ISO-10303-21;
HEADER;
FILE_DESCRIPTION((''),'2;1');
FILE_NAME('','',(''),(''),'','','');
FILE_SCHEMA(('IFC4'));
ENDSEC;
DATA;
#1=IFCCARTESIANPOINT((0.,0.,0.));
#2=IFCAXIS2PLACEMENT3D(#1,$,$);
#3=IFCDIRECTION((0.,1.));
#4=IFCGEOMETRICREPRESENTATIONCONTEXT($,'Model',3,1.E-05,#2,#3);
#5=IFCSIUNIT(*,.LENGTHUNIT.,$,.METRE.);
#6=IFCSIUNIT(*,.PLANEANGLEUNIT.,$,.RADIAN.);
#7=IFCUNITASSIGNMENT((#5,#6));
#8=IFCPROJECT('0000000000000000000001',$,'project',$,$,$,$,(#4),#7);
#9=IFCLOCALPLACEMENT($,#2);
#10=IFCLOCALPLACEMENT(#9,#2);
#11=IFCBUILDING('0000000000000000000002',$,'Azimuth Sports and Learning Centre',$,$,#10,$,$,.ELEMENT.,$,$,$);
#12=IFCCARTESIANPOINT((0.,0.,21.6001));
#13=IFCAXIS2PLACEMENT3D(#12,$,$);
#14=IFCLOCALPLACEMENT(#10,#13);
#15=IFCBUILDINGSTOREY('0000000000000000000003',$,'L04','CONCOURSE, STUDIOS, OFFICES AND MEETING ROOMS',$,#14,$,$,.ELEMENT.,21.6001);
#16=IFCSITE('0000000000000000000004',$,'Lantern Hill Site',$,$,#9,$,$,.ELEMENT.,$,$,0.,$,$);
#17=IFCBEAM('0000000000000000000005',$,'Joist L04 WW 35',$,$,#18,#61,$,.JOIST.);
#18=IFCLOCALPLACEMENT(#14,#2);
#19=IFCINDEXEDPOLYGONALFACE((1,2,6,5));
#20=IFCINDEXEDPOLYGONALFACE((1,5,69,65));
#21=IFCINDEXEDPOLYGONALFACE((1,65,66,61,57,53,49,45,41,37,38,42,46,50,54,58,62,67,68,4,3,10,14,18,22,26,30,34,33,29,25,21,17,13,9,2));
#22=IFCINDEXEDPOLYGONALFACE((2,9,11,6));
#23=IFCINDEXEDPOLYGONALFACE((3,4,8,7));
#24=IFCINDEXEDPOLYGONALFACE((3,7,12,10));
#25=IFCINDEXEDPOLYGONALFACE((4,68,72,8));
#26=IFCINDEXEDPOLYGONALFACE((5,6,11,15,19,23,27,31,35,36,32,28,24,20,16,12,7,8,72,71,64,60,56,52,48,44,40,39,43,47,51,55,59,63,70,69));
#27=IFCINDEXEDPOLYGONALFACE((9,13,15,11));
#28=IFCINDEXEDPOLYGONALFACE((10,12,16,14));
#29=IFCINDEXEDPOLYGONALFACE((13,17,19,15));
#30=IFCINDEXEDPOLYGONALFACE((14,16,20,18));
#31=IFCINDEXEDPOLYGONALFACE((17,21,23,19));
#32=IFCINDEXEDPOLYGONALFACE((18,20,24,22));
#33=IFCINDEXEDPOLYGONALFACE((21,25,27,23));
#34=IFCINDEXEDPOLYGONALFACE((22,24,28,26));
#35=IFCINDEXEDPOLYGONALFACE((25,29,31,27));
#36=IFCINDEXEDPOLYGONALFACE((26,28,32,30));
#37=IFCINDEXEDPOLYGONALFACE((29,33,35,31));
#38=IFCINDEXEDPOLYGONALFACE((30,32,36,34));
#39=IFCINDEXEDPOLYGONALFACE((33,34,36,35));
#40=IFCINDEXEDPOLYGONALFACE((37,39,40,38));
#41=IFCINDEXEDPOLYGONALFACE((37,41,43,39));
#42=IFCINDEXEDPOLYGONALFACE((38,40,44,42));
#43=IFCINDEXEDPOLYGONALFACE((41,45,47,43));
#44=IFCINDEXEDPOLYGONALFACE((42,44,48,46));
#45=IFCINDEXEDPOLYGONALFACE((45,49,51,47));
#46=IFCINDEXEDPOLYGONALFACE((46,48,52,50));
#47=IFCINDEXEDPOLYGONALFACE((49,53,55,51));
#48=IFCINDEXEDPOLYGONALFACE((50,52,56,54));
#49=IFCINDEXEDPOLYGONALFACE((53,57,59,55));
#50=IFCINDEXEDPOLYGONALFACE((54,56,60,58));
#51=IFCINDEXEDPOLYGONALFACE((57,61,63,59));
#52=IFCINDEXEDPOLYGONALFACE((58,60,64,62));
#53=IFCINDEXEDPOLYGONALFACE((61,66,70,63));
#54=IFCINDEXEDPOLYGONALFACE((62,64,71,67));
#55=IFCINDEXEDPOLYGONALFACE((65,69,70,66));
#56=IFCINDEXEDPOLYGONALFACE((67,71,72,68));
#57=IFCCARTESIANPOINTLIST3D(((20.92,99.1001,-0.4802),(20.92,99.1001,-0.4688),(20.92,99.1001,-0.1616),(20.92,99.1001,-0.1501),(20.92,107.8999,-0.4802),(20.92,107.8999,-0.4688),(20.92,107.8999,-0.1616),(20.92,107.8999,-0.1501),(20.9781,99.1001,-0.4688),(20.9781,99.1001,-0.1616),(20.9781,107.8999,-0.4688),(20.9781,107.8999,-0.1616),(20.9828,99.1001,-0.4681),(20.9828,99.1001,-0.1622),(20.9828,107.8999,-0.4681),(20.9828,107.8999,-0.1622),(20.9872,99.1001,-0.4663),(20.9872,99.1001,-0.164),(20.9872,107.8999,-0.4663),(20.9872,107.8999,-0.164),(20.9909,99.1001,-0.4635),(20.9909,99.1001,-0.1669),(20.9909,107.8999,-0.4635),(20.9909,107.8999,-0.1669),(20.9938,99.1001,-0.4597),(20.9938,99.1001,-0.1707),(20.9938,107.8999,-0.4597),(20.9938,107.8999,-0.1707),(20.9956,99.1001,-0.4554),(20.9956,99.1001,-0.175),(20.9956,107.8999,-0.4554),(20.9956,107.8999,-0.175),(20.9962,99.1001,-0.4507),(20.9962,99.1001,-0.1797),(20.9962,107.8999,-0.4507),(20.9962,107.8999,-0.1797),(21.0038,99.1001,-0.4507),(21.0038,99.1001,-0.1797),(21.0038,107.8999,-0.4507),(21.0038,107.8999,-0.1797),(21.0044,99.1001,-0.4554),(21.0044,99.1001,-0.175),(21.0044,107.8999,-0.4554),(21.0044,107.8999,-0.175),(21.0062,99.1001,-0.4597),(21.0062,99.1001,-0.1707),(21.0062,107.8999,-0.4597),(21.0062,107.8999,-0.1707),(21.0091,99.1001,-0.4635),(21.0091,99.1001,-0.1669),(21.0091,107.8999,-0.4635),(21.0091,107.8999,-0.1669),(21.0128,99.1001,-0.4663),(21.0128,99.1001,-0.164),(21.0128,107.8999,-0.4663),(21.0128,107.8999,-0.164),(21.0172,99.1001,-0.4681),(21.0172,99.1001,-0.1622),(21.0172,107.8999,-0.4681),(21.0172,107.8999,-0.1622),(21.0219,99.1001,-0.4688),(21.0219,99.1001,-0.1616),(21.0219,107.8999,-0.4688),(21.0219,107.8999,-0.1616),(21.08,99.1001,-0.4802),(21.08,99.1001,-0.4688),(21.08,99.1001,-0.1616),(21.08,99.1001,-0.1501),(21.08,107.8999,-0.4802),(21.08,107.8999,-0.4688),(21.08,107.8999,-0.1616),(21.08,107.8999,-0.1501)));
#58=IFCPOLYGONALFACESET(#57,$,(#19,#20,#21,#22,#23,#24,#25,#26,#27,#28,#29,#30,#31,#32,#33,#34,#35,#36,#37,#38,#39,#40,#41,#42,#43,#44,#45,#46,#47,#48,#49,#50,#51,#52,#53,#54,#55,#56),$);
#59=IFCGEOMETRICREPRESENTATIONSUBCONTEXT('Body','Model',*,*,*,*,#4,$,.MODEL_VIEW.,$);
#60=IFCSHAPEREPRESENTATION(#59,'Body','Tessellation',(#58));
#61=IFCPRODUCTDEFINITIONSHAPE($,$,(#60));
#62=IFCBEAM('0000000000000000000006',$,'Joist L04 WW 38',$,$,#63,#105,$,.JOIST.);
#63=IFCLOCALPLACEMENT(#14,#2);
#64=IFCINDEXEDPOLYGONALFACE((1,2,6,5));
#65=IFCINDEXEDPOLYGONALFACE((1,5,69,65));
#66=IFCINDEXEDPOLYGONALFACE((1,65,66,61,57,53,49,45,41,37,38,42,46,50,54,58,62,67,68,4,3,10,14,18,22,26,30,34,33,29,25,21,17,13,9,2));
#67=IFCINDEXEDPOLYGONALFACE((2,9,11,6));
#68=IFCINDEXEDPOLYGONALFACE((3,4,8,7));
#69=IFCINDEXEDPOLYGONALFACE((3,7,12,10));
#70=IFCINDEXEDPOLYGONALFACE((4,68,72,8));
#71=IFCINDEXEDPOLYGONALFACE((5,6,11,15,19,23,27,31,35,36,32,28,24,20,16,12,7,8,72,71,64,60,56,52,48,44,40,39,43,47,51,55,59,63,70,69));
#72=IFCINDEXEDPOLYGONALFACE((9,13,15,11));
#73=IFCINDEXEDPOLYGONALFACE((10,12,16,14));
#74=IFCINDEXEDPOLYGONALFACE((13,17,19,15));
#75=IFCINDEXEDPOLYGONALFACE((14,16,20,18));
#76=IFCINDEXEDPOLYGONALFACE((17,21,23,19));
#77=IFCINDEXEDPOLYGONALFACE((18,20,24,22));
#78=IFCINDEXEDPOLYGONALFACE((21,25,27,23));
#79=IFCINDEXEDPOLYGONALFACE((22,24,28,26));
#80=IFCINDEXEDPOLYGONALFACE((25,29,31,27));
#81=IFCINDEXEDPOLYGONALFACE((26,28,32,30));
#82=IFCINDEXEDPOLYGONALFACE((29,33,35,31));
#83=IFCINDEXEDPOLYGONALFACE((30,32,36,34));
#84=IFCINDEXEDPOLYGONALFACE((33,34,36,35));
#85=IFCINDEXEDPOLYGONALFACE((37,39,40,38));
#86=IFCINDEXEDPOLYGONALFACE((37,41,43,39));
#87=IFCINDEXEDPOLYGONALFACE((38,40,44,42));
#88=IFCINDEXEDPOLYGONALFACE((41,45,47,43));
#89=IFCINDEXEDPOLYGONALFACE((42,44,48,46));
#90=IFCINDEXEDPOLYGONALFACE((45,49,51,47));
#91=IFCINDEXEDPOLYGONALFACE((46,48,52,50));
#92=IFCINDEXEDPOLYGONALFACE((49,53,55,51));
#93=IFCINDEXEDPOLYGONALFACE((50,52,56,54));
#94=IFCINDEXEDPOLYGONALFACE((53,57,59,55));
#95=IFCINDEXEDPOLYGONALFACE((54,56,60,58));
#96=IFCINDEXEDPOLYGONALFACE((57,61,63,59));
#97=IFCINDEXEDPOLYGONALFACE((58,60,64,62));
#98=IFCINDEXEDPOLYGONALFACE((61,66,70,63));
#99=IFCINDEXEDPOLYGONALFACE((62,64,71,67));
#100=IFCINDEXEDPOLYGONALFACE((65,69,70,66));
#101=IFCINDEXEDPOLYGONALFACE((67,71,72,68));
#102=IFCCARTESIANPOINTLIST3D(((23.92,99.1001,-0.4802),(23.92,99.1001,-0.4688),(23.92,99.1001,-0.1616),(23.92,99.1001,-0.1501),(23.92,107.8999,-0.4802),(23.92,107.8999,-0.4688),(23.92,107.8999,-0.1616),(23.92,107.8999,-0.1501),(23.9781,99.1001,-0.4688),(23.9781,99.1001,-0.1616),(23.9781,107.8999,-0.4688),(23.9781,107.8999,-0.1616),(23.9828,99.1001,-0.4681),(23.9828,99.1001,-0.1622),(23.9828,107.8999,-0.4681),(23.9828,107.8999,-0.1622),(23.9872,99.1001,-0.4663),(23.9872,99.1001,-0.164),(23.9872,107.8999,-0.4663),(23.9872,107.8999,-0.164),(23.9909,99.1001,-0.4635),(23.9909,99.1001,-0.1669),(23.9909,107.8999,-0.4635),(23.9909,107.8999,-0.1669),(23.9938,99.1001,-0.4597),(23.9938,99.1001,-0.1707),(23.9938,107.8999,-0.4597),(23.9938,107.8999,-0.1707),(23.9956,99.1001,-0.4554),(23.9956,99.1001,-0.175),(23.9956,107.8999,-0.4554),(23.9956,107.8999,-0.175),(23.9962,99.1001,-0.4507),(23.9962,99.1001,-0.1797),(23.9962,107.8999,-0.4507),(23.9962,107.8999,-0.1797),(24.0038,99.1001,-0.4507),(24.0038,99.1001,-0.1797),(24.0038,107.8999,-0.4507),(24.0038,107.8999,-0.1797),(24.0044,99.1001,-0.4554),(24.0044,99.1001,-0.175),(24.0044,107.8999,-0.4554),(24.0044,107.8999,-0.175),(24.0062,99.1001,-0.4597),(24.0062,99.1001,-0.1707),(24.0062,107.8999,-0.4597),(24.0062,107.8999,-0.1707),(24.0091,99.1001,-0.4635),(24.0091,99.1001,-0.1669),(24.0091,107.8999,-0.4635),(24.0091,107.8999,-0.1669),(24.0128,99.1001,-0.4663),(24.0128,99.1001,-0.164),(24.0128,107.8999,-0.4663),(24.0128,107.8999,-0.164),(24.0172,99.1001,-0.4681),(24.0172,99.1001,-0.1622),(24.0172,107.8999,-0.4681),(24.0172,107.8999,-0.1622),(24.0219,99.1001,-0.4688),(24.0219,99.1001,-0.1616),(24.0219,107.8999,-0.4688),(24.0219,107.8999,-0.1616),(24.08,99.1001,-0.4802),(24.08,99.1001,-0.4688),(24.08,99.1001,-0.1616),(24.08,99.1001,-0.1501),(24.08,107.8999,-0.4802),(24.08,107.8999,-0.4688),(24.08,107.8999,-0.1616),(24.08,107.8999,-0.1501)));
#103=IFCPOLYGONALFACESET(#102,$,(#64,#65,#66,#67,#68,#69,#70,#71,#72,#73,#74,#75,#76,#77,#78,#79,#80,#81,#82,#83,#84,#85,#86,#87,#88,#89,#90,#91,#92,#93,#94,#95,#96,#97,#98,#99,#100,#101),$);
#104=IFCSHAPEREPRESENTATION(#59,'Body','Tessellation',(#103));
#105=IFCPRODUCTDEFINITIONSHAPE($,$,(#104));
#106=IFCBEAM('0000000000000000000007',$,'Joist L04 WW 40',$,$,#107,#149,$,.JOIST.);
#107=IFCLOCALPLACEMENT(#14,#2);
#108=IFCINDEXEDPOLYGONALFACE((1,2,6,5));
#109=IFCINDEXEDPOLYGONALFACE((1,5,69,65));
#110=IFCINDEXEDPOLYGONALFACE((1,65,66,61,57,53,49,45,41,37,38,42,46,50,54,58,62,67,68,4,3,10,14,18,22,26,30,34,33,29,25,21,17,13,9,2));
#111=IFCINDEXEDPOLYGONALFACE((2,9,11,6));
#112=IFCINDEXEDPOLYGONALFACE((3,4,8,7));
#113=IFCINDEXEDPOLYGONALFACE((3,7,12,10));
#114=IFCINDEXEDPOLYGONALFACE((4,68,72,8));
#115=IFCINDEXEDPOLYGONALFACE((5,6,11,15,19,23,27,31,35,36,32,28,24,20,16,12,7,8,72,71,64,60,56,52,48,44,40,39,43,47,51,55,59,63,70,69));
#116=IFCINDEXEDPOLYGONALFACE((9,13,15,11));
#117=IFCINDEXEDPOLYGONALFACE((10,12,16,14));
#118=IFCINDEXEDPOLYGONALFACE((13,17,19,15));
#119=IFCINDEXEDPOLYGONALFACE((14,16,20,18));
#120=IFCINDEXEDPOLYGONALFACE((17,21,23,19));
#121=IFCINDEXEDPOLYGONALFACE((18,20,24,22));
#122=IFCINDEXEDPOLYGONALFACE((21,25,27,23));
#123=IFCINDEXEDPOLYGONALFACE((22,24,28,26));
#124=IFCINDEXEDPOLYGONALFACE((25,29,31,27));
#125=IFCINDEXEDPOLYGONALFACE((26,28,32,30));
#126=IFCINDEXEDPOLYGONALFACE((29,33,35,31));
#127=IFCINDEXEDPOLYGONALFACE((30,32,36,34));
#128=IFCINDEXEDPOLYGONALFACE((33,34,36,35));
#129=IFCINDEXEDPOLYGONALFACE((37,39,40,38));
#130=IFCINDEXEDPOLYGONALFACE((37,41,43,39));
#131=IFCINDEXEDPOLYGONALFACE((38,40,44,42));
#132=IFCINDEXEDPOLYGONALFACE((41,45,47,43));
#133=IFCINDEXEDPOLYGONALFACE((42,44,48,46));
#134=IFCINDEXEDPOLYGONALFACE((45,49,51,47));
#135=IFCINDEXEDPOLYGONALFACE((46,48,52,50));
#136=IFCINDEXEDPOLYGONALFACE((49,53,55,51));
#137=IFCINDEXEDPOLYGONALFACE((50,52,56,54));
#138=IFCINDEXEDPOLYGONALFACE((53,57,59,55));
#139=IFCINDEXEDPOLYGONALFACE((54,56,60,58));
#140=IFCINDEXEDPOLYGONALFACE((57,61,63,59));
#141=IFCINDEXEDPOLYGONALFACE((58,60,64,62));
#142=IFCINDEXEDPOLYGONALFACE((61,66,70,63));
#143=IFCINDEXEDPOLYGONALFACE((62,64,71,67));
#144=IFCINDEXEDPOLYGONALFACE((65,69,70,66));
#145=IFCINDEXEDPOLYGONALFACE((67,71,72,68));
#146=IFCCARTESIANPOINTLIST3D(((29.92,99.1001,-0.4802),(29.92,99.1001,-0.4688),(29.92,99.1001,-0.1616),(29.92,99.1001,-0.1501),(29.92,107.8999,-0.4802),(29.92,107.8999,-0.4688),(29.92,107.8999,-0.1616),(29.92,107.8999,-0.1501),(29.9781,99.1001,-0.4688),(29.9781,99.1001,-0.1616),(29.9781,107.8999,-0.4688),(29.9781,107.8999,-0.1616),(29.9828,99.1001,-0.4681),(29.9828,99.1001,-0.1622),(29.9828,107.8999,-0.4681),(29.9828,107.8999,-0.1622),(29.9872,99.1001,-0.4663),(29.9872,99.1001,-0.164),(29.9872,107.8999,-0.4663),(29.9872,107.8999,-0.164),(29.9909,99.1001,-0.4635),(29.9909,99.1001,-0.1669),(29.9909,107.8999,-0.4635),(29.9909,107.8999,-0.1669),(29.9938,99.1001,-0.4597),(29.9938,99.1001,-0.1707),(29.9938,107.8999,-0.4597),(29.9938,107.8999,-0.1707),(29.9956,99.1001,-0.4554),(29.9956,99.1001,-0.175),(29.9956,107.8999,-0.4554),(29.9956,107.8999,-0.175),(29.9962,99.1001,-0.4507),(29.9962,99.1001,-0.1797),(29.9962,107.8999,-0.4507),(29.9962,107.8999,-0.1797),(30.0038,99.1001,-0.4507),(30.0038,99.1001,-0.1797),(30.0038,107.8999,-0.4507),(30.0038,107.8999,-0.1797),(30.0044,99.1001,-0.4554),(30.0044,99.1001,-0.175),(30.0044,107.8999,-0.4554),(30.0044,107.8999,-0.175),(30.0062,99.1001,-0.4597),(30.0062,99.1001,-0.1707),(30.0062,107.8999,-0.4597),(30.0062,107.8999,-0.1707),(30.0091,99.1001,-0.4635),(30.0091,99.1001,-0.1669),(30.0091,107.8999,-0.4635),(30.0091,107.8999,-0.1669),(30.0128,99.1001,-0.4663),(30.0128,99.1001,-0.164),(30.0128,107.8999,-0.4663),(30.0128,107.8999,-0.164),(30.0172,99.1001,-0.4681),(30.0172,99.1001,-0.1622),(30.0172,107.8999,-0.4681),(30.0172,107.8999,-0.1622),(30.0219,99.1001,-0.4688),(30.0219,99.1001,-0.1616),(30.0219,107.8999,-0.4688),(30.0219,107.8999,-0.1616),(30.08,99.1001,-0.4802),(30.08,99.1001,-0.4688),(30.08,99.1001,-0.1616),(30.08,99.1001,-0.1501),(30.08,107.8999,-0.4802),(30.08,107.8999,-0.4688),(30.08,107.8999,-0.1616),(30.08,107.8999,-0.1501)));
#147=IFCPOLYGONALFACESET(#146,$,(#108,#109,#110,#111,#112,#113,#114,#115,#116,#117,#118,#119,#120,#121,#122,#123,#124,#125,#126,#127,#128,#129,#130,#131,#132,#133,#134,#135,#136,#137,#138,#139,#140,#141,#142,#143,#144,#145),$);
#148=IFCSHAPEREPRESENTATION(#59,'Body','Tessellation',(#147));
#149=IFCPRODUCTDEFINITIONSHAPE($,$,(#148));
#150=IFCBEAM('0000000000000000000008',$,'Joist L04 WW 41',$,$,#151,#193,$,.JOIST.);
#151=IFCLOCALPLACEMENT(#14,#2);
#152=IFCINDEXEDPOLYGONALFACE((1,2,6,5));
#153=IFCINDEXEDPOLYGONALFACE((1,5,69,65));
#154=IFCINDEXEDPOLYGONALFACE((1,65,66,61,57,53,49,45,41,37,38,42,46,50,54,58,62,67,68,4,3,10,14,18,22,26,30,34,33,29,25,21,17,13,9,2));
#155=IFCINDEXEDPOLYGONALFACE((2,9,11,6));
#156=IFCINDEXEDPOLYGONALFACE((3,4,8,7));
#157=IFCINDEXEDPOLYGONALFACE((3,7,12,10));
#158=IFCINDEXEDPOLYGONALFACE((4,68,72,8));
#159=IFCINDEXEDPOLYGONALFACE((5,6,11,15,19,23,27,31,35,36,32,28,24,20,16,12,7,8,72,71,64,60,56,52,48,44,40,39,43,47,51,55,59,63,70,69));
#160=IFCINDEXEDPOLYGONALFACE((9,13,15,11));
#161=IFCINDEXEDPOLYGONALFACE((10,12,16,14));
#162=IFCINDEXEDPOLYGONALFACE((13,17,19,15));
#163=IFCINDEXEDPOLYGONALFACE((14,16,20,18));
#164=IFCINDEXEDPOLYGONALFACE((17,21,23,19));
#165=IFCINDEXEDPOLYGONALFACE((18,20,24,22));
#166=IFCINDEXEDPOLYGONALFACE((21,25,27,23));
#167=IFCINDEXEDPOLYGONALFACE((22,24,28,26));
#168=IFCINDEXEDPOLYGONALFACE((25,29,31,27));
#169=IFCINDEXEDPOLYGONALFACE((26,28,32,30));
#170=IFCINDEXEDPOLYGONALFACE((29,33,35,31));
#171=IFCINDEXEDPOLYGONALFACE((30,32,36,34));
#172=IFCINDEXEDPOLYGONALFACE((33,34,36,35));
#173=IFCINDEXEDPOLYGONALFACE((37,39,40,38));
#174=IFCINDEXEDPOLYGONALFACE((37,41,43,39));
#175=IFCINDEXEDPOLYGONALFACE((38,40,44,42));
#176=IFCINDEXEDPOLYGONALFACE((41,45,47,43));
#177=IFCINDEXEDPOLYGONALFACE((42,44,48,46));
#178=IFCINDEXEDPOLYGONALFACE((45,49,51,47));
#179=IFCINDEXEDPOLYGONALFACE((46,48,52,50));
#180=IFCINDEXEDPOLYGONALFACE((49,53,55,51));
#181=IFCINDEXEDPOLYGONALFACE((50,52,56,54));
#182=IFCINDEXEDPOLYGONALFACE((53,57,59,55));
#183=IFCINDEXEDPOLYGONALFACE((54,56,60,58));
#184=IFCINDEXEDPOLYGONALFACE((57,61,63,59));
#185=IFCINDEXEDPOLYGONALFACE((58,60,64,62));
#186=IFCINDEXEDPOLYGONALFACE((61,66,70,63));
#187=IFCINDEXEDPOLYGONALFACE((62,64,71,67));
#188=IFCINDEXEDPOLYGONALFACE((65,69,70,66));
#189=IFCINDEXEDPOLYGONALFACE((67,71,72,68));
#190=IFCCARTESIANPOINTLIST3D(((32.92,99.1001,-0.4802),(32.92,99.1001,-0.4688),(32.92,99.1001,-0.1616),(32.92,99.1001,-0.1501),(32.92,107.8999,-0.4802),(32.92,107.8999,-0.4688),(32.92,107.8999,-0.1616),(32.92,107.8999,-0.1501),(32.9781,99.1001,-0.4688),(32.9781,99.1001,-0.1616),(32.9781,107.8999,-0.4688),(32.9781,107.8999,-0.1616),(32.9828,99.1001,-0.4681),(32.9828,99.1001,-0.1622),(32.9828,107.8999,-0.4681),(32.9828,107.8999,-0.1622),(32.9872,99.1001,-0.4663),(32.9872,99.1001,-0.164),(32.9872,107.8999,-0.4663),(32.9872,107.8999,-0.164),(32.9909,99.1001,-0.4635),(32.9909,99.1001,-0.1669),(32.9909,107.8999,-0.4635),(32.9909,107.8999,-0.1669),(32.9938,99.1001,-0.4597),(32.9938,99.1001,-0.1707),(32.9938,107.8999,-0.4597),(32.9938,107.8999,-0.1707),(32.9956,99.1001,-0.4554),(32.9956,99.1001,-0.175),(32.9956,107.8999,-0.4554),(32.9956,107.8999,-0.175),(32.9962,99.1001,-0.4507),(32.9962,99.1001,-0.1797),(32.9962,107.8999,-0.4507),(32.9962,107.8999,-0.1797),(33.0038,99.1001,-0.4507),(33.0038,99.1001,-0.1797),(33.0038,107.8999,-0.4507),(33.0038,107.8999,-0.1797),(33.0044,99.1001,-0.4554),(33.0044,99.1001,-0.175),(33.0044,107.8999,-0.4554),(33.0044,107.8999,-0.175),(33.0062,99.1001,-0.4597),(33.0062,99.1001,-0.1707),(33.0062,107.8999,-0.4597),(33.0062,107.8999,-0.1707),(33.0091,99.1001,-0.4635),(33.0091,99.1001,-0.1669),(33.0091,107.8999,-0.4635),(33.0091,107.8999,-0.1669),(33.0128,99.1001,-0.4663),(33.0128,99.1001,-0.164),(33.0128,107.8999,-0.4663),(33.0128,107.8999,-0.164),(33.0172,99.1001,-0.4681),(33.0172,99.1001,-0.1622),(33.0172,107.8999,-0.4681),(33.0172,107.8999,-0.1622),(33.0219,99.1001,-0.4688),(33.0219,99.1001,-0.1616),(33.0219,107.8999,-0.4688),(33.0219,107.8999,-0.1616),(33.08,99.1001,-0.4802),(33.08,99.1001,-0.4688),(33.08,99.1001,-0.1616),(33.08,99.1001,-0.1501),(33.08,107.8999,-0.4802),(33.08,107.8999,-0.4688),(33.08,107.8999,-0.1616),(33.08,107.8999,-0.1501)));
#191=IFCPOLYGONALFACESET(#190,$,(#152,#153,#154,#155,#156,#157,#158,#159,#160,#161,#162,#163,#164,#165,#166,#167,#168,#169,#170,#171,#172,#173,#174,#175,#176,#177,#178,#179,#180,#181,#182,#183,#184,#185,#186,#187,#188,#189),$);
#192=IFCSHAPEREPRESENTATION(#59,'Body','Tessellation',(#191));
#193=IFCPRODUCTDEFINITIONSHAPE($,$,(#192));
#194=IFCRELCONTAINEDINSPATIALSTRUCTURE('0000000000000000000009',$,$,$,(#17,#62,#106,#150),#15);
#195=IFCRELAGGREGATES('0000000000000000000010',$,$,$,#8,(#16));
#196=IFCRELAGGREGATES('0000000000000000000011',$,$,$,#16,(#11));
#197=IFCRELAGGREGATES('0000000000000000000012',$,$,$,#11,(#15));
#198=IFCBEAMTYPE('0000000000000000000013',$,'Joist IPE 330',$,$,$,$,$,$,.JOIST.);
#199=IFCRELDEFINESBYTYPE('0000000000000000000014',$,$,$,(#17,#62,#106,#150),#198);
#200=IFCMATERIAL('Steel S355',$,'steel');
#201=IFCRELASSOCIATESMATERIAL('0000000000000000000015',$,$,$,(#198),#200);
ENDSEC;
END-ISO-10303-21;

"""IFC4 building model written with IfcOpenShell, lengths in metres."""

from ifc_helpers import new_model, si_unit, direction, frame, origin, origin_2d, place, context, subcontext, project, spatial, i_section, extrude, material, material_profile, profile_set, type_object, element, save


model = new_model("IFC4")

# Units and contexts
model_context = context("Model", 3, precision=1e-05, world=origin(), true_north=direction((0.0, 1.0)))
body_context = subcontext(model_context, "Body", "Model", "MODEL_VIEW")
ifc_project = project(units=[si_unit("LENGTHUNIT", "METRE"), si_unit("PLANEANGLEUNIT", "RADIAN")], contexts=[model_context])

# Site, building, storey
site_placement = place(None, origin())
site = spatial("IfcSite", under=ifc_project, at=site_placement, Name="Lantern Hill Site", CompositionType="ELEMENT", RefElevation=0.0)
building_placement = place(site_placement, origin())
building = spatial("IfcBuilding", under=site, at=building_placement, Name="Azimuth Sports and Learning Centre", CompositionType="ELEMENT")
storey_placement = place(building_placement, frame((0.0, 0.0, 21.6001)))
storey = spatial("IfcBuildingStorey", under=building, at=storey_placement, Name="L04", Description="CONCOURSE, STUDIOS, OFFICES AND MEETING ROOMS", CompositionType="ELEMENT", Elevation=21.6001)

# Beams
ifc_material_1 = material(Name="Steel S355", Category="steel")
ifc_material_profile_1 = material_profile(ifc_material_1, i_section(OverallWidth=0.1599, OverallDepth=0.3301, WebThickness=0.0076, FlangeThickness=0.0115, FilletRadius=0.0181, at=origin_2d()), Name="IPE 330")
ifc_profile_set_1 = profile_set([ifc_material_profile_1], Name="Steel S355")
beam_type_1 = type_object("IfcBeamType", Name="Joist IPE 330", PredefinedType="JOIST", material=ifc_profile_set_1)
for number, where, z_axis, x_axis, name in (
    (1, (21.0, 99.1001, -0.3152), (0.0, 1.0, 0.0), (-1.0, 0.0, 0.0), "Joist L04 WW 35"),
    (2, (24.0, 99.1001, -0.3152), (0.0, 1.0, 0.0), (-1.0, 0.0, 0.0), "Joist L04 WW 38"),
    (3, (30.0, 99.1001, -0.3152), (0.0, 1.0, 0.0), (-1.0, 0.0, 0.0), "Joist L04 WW 40"),
    (4, (33.0, 99.1001, -0.3152), (0.0, 1.0, 0.0), (-1.0, 0.0, 0.0), "Joist L04 WW 41"),
):
    element("IfcBeam", number, at=place(storey_placement, frame(where, z_axis=z_axis, x_axis=x_axis)), inside=storey, type_object=beam_type_1, Name=name, PredefinedType="JOIST", context=body_context, shape_type="SweptSolid", body=[
        extrude(i_section(OverallWidth=0.1599, OverallDepth=0.3301, WebThickness=0.0076, FlangeThickness=0.0115, FilletRadius=0.0181, at=origin_2d()), origin(), (0.0, 0.0, 1.0), 8.7998),
    ])

save(model, "model.ifc")
